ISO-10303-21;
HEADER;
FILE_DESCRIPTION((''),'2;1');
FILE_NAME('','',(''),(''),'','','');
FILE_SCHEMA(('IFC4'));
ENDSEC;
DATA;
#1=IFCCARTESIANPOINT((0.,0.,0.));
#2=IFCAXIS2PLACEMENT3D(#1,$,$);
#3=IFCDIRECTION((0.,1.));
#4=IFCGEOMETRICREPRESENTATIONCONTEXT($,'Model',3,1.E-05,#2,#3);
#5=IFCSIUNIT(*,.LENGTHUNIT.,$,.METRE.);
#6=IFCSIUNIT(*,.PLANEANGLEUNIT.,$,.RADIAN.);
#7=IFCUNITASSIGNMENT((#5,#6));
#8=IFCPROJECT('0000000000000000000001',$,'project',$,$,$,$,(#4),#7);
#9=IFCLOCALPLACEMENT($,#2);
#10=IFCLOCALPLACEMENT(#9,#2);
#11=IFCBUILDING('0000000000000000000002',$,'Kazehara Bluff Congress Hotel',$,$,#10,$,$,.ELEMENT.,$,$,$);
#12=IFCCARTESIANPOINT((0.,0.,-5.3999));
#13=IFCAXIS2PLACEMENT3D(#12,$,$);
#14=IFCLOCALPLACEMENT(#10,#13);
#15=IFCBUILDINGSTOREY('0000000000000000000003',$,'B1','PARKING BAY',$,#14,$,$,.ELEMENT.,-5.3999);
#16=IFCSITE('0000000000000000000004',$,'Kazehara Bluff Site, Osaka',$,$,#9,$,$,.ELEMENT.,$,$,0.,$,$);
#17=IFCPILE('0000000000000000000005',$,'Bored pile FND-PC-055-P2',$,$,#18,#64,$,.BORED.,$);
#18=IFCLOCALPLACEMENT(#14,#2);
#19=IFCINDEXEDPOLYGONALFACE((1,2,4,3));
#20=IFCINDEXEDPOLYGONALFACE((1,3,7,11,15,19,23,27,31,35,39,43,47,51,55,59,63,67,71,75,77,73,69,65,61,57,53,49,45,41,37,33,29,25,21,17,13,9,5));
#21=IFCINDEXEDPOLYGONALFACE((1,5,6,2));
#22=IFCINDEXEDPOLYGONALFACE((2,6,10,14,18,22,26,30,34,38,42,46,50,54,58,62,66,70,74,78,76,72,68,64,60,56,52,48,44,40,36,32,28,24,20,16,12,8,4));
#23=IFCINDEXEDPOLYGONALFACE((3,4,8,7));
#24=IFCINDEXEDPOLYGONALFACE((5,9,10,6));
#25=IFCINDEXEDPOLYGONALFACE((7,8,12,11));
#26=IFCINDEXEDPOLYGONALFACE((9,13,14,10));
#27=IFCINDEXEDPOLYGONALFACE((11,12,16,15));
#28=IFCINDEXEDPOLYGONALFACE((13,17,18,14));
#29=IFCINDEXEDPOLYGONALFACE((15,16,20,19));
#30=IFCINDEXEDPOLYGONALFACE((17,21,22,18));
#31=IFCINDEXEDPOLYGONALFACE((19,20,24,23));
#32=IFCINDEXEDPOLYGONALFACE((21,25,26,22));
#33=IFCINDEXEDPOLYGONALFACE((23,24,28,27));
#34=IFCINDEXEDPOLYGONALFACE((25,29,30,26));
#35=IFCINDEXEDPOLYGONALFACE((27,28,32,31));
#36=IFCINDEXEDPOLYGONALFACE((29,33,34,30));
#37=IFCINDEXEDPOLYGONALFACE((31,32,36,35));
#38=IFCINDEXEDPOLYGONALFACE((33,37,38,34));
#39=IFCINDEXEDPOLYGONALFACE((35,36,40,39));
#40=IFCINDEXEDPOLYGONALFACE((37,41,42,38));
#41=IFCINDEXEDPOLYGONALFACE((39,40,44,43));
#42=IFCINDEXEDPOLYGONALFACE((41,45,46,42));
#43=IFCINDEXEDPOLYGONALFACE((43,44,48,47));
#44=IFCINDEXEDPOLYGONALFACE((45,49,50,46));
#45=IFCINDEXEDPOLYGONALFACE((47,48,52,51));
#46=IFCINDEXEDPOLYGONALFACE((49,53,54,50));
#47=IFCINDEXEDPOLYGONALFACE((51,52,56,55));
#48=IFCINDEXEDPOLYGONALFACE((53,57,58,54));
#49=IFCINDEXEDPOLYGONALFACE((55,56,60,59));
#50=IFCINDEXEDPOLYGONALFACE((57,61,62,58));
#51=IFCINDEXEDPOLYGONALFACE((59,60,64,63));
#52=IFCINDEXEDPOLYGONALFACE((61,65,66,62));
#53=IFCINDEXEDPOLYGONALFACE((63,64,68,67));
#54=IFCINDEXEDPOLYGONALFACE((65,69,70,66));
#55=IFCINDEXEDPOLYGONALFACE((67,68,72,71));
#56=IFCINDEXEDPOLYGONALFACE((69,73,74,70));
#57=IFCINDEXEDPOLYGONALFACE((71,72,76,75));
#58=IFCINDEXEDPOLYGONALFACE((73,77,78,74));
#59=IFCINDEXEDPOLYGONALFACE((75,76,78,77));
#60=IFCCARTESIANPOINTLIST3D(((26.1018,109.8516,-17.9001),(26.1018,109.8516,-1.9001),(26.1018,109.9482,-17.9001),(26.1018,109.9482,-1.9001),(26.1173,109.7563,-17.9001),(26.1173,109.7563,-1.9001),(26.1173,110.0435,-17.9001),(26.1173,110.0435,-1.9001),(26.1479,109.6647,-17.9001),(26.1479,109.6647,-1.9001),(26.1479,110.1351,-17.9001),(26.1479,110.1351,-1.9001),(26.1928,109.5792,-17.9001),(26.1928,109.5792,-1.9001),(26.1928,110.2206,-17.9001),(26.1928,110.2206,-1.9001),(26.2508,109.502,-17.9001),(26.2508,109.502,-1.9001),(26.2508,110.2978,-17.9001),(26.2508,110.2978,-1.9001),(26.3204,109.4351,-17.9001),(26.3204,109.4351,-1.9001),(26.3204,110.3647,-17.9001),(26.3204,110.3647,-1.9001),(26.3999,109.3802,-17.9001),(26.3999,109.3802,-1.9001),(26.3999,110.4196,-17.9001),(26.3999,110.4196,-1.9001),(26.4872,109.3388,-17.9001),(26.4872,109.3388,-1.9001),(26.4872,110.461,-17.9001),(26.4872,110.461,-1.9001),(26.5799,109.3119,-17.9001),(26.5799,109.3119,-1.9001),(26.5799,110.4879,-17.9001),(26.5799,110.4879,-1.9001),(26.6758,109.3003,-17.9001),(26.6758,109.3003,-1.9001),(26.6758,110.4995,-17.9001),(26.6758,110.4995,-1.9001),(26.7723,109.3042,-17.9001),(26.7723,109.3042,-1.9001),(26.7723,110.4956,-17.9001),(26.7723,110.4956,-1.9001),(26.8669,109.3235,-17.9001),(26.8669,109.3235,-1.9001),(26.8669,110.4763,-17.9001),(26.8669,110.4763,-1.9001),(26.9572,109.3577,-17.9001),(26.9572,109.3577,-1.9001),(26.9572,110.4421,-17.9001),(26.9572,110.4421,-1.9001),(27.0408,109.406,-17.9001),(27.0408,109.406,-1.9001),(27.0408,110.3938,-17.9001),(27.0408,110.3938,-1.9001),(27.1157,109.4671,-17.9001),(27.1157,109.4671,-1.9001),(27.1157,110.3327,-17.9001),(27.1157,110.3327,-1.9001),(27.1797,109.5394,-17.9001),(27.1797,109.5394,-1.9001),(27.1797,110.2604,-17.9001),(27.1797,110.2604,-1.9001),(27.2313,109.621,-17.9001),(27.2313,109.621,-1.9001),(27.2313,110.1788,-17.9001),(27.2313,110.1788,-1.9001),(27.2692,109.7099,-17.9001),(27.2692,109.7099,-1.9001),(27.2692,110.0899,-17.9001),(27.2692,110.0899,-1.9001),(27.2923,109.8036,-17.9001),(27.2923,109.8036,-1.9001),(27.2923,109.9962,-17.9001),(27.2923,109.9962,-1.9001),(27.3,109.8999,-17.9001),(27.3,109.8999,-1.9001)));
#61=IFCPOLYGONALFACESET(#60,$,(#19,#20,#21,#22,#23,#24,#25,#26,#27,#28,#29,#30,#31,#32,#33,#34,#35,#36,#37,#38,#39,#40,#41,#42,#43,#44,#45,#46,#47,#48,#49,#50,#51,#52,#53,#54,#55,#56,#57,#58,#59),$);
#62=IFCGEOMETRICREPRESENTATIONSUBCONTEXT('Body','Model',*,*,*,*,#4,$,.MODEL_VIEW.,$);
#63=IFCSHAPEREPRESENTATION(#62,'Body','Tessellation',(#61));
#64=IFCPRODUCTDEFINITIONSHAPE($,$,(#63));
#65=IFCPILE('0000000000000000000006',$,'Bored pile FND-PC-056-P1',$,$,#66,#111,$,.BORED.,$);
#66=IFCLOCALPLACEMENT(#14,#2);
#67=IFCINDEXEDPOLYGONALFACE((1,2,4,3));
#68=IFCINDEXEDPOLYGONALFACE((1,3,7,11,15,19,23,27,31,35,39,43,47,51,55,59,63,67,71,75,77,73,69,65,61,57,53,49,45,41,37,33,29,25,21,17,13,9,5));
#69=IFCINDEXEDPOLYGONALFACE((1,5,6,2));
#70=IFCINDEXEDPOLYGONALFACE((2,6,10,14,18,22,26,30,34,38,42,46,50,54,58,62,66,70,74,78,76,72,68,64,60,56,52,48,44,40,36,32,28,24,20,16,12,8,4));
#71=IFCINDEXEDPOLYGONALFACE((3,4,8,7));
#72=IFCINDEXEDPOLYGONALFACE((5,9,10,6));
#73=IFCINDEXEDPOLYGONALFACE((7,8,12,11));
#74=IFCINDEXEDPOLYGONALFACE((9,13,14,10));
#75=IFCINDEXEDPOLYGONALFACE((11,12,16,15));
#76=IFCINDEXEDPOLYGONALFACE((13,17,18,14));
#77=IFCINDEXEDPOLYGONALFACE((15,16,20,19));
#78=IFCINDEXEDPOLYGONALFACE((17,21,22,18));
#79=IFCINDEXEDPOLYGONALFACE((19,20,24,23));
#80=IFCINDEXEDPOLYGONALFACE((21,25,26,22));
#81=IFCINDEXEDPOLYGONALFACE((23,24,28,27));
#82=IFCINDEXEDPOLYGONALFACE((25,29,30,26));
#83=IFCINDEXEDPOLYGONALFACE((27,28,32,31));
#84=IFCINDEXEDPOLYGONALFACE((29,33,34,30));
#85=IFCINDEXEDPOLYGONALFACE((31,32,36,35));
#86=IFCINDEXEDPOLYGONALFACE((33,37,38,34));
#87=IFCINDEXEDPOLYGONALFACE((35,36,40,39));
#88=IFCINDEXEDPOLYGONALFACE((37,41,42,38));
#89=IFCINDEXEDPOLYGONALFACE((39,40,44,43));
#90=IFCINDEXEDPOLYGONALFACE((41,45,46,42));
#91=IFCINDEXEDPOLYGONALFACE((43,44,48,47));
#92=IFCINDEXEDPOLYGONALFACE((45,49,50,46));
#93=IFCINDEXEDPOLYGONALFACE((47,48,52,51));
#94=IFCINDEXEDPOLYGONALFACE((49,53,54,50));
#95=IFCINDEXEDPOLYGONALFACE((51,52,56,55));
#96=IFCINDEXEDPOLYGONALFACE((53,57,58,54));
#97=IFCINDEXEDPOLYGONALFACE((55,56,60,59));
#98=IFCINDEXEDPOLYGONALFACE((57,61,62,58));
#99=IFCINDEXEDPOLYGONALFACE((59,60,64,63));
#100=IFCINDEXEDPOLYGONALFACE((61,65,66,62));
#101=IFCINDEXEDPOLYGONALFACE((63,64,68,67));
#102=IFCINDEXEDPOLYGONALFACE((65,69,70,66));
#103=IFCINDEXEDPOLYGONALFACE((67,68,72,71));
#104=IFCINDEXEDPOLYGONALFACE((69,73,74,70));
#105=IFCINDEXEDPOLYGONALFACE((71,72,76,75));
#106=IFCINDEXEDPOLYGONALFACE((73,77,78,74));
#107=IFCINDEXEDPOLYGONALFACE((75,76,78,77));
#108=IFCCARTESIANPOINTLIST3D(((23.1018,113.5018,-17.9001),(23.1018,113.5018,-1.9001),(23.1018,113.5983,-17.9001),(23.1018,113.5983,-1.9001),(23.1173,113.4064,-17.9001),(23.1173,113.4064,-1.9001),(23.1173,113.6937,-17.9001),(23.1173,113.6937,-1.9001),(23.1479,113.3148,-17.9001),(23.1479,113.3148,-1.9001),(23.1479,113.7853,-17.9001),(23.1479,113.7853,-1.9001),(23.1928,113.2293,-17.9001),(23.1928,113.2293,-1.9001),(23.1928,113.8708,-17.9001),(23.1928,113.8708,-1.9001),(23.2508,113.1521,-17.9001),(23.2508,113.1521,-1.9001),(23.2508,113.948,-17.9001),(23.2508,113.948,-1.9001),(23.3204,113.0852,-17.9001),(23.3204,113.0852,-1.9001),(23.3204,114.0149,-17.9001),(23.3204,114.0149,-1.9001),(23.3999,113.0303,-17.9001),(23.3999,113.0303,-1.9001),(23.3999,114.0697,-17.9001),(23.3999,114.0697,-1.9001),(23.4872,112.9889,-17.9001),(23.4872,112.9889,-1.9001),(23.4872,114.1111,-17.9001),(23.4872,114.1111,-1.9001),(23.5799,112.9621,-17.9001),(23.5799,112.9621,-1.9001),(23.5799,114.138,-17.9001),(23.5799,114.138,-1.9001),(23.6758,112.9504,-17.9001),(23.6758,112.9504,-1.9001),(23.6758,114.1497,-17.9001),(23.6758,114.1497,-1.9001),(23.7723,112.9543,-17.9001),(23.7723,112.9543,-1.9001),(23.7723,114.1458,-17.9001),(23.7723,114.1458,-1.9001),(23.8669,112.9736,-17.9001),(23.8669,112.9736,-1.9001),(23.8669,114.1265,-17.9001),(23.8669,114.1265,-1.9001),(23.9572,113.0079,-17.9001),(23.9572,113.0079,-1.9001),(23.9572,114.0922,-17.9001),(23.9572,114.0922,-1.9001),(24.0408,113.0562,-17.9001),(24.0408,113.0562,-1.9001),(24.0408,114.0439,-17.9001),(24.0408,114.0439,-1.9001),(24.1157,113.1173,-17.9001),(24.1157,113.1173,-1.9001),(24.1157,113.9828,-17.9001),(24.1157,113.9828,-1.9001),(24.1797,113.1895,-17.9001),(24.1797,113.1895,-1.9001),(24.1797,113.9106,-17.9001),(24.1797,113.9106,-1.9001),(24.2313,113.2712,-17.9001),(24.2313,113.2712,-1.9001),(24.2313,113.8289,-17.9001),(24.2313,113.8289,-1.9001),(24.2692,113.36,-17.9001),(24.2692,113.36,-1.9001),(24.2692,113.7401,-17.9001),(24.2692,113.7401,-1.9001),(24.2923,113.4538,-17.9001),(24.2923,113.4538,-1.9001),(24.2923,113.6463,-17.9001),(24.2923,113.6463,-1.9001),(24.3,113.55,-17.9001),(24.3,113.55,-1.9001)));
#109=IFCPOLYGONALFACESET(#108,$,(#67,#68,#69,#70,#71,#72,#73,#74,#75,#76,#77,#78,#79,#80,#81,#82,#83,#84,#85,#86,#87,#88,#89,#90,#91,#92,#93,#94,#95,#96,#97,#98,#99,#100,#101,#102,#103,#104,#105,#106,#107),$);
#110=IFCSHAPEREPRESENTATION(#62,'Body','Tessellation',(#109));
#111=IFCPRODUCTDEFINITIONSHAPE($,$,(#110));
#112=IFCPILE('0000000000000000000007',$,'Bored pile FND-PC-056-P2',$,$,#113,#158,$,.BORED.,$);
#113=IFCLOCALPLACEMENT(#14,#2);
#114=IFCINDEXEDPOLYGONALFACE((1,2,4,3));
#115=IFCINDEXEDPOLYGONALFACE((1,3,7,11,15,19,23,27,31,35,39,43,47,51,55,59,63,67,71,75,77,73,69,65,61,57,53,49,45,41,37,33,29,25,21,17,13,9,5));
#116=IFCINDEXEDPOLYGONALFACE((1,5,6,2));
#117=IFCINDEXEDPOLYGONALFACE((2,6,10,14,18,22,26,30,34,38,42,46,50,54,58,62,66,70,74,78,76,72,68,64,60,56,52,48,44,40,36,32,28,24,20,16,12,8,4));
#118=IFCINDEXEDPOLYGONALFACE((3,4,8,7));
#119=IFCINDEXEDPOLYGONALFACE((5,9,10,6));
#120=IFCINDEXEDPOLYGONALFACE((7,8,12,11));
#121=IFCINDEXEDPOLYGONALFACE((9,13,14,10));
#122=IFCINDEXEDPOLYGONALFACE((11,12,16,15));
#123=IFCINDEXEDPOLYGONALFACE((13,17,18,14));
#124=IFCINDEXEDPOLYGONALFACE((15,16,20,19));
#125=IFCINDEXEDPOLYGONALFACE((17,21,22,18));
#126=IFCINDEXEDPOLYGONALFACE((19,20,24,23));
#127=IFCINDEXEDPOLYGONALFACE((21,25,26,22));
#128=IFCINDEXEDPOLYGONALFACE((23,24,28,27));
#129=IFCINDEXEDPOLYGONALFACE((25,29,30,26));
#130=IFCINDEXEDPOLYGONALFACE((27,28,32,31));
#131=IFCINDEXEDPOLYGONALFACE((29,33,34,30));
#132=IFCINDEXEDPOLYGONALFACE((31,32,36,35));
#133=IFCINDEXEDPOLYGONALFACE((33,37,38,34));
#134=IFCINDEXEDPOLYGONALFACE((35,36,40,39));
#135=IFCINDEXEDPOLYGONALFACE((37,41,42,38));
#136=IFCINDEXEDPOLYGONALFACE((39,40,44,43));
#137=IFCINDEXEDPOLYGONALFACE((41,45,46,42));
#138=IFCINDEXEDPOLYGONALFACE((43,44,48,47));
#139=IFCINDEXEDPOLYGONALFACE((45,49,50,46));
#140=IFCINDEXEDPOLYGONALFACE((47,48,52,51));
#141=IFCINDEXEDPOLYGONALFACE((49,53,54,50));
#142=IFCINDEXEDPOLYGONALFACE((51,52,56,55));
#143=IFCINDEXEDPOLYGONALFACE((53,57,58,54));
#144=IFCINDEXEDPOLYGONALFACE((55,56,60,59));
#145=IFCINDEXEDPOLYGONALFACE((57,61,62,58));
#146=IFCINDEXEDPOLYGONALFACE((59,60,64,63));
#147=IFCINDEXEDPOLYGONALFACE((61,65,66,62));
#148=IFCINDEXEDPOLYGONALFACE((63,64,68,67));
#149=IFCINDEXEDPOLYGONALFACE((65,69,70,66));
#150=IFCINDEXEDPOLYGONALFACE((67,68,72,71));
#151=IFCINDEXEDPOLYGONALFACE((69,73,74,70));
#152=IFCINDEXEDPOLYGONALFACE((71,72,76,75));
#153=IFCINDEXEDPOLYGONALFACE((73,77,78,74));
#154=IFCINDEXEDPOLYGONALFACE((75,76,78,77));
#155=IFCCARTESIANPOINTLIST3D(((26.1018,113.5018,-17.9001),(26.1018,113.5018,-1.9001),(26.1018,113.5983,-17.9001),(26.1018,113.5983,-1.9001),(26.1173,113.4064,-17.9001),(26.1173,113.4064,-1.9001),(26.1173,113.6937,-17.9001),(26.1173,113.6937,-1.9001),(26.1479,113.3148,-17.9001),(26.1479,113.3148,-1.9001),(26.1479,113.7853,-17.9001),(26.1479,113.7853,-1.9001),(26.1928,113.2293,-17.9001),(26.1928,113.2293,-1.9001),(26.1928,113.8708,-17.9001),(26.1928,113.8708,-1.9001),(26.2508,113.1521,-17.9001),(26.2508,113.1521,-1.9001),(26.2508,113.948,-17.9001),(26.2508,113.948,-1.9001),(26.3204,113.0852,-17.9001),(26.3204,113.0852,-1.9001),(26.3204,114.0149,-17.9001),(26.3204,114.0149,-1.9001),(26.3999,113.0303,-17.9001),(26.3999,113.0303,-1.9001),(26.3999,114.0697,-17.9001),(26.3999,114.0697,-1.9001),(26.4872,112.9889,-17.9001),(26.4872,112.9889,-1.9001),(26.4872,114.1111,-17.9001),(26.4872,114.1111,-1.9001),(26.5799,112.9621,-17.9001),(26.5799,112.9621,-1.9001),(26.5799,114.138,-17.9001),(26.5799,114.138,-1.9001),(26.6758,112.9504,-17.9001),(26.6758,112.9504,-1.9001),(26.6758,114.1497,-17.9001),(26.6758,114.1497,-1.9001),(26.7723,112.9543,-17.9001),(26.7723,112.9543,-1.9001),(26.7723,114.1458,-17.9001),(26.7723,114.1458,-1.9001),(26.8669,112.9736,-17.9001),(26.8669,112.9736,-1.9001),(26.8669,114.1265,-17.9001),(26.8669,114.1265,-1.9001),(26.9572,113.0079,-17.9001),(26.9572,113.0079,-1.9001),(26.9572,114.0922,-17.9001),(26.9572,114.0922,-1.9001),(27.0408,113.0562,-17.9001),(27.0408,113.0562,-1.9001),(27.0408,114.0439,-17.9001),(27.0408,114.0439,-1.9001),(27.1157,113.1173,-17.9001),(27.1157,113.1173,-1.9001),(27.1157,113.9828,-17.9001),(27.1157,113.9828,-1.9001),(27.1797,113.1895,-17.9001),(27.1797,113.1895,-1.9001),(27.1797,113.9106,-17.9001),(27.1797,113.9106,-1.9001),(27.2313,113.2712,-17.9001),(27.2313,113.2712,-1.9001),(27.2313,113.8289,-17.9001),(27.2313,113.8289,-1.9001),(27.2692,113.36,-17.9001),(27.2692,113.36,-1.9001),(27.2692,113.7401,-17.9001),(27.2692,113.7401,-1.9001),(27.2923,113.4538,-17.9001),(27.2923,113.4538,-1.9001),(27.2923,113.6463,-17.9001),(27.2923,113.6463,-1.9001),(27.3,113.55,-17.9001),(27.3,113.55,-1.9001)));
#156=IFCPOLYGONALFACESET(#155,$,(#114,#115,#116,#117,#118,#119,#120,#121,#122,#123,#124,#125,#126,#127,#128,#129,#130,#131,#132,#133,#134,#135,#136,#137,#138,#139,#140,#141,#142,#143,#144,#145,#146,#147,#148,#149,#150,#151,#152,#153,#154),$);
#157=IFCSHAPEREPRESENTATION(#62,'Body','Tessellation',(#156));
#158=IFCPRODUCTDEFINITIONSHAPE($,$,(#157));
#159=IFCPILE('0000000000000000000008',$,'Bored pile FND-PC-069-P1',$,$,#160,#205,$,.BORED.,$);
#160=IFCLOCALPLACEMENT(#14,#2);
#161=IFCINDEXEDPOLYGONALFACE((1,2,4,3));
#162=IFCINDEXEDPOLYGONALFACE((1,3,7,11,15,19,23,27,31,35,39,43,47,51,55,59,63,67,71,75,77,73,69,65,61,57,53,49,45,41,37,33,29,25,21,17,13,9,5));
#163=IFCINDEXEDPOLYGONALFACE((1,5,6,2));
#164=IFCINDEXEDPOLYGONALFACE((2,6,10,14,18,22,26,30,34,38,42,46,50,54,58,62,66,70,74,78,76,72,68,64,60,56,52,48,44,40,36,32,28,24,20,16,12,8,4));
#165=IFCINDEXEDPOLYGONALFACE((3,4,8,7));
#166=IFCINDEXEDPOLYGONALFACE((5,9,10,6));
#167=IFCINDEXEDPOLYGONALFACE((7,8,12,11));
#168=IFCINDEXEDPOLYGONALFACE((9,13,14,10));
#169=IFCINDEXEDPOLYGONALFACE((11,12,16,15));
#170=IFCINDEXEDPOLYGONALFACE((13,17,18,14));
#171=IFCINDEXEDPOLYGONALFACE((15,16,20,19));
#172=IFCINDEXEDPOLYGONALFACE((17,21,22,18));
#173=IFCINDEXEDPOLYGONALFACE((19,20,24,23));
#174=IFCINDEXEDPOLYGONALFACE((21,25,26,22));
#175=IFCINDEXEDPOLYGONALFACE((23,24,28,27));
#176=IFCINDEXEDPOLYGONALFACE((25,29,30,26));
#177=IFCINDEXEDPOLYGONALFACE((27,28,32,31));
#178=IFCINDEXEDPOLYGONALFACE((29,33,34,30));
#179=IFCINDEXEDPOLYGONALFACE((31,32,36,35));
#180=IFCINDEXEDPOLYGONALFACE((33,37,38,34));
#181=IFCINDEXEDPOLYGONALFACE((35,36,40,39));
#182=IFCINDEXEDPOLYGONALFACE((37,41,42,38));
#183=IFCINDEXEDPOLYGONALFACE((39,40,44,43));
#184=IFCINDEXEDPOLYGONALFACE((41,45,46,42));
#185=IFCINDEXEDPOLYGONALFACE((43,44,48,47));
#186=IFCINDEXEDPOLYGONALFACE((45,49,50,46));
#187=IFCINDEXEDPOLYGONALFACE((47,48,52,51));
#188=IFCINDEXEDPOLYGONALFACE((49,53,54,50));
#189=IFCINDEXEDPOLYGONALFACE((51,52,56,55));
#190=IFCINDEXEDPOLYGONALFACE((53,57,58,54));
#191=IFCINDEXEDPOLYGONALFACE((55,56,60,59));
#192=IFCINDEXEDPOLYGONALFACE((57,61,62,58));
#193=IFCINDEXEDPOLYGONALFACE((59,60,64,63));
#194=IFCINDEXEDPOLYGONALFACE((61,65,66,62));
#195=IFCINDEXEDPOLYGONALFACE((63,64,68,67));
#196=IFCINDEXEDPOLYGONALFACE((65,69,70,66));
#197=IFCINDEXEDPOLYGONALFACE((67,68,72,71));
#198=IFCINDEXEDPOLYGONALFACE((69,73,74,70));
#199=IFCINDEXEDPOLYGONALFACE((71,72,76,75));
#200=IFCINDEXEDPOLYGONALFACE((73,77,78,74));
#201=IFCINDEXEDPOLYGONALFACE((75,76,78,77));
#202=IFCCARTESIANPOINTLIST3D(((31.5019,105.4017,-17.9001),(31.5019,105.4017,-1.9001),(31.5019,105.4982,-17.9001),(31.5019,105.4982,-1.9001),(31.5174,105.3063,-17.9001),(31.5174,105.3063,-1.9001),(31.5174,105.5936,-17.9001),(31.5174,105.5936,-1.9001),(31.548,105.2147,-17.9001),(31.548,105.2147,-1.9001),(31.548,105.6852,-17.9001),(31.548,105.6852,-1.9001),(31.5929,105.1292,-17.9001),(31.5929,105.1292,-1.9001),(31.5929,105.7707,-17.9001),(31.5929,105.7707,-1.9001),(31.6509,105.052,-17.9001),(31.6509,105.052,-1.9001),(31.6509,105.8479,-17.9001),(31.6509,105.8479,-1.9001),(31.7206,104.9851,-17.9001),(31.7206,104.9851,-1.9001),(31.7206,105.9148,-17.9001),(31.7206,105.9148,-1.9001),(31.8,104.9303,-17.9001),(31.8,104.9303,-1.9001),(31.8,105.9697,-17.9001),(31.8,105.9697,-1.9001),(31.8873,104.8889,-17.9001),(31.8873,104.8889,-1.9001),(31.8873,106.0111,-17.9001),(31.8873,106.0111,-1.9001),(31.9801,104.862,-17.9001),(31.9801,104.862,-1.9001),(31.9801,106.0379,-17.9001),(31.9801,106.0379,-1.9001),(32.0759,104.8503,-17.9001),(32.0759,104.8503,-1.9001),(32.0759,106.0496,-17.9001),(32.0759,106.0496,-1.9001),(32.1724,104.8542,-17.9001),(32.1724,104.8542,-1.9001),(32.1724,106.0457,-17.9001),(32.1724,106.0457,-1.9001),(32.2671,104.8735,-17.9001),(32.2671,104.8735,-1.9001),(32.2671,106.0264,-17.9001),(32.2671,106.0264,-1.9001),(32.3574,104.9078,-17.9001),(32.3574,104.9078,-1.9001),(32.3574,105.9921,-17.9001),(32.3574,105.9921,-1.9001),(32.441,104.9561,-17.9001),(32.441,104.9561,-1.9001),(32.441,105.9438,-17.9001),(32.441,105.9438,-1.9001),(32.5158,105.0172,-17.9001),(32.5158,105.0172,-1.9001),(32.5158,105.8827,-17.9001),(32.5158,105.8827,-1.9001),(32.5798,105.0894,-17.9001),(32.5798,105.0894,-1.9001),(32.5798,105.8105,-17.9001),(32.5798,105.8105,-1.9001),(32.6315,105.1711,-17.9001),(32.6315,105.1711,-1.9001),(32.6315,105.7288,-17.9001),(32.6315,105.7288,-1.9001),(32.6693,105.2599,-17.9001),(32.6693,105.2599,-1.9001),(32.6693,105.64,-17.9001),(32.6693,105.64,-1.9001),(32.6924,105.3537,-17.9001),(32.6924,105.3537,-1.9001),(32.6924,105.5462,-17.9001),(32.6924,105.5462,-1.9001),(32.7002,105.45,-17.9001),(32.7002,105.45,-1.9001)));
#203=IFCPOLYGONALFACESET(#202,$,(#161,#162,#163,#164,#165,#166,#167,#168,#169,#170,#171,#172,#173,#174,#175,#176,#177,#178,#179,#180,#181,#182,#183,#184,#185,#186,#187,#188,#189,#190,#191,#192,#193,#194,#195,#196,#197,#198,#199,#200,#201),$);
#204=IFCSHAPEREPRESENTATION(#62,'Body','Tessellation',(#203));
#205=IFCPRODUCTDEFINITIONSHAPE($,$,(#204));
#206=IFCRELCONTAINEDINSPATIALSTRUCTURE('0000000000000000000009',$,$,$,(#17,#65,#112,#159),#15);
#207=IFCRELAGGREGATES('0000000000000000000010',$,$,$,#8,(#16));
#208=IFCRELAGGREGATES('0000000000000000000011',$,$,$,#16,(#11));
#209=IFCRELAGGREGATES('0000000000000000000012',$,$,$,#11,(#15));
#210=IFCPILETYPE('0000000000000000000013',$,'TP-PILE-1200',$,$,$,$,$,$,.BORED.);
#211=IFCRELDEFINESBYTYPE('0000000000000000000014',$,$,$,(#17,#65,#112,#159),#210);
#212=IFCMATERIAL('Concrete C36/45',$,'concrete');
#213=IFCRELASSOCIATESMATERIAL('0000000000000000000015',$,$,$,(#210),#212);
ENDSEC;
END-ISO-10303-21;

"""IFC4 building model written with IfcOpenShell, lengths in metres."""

from ifc_helpers import new_model, si_unit, direction, frame, origin, origin_2d, place, context, subcontext, project, spatial, circle, extrude, material, material_profile, profile_set, type_object, element, save


model = new_model("IFC4")

# Units and contexts
model_context = context("Model", 3, precision=1e-05, world=origin(), true_north=direction((0.0, 1.0)))
body_context = subcontext(model_context, "Body", "Model", "MODEL_VIEW")
ifc_project = project(units=[si_unit("LENGTHUNIT", "METRE"), si_unit("PLANEANGLEUNIT", "RADIAN")], contexts=[model_context])

# Site, building, storey
site_placement = place(None, origin())
site = spatial("IfcSite", under=ifc_project, at=site_placement, Name="Kazehara Bluff Site, Osaka", CompositionType="ELEMENT", RefElevation=0.0)
building_placement = place(site_placement, origin())
building = spatial("IfcBuilding", under=site, at=building_placement, Name="Kazehara Bluff Congress Hotel", CompositionType="ELEMENT")
storey_placement = place(building_placement, frame((0.0, 0.0, -5.3999)))
storey = spatial("IfcBuildingStorey", under=building, at=storey_placement, Name="B1", Description="PARKING BAY", CompositionType="ELEMENT", Elevation=-5.3999)

# Piles
ifc_material_1 = material(Name="Concrete C36/45", Category="concrete")
ifc_material_profile_1 = material_profile(ifc_material_1, circle(Radius=0.6001, at=origin_2d()))
ifc_profile_set_1 = profile_set([ifc_material_profile_1], Name="Concrete C36/45")
pile_type = type_object("IfcPileType", Name="TP-PILE-1200", PredefinedType="BORED", material=ifc_profile_set_1)
for number, where, z_axis, x_axis, name in (
    (1, (26.7, 109.8999, -1.9001), (0.0, 0.0, -1.0), (1.0, 0.0, 0.0), "Bored pile FND-PC-055-P2"),
    (2, (23.7, 113.55, -1.9001), (0.0, 0.0, -1.0), (1.0, 0.0, 0.0), "Bored pile FND-PC-056-P1"),
    (3, (26.7, 113.55, -1.9001), (0.0, 0.0, -1.0), (1.0, 0.0, 0.0), "Bored pile FND-PC-056-P2"),
    (4, (32.1001, 105.45, -1.9001), (0.0, 0.0, -1.0), (1.0, 0.0, 0.0), "Bored pile FND-PC-069-P1"),
):
    element("IfcPile", number, at=place(storey_placement, frame(where, z_axis=z_axis, x_axis=x_axis)), inside=storey, type_object=pile_type, Name=name, PredefinedType="BORED", context=body_context, shape_type="SweptSolid", body=[
        extrude(circle(Radius=0.6001, at=origin_2d()), origin(), (0.0, 0.0, 1.0), 16.0),
    ])

save(model, "model.ifc")
